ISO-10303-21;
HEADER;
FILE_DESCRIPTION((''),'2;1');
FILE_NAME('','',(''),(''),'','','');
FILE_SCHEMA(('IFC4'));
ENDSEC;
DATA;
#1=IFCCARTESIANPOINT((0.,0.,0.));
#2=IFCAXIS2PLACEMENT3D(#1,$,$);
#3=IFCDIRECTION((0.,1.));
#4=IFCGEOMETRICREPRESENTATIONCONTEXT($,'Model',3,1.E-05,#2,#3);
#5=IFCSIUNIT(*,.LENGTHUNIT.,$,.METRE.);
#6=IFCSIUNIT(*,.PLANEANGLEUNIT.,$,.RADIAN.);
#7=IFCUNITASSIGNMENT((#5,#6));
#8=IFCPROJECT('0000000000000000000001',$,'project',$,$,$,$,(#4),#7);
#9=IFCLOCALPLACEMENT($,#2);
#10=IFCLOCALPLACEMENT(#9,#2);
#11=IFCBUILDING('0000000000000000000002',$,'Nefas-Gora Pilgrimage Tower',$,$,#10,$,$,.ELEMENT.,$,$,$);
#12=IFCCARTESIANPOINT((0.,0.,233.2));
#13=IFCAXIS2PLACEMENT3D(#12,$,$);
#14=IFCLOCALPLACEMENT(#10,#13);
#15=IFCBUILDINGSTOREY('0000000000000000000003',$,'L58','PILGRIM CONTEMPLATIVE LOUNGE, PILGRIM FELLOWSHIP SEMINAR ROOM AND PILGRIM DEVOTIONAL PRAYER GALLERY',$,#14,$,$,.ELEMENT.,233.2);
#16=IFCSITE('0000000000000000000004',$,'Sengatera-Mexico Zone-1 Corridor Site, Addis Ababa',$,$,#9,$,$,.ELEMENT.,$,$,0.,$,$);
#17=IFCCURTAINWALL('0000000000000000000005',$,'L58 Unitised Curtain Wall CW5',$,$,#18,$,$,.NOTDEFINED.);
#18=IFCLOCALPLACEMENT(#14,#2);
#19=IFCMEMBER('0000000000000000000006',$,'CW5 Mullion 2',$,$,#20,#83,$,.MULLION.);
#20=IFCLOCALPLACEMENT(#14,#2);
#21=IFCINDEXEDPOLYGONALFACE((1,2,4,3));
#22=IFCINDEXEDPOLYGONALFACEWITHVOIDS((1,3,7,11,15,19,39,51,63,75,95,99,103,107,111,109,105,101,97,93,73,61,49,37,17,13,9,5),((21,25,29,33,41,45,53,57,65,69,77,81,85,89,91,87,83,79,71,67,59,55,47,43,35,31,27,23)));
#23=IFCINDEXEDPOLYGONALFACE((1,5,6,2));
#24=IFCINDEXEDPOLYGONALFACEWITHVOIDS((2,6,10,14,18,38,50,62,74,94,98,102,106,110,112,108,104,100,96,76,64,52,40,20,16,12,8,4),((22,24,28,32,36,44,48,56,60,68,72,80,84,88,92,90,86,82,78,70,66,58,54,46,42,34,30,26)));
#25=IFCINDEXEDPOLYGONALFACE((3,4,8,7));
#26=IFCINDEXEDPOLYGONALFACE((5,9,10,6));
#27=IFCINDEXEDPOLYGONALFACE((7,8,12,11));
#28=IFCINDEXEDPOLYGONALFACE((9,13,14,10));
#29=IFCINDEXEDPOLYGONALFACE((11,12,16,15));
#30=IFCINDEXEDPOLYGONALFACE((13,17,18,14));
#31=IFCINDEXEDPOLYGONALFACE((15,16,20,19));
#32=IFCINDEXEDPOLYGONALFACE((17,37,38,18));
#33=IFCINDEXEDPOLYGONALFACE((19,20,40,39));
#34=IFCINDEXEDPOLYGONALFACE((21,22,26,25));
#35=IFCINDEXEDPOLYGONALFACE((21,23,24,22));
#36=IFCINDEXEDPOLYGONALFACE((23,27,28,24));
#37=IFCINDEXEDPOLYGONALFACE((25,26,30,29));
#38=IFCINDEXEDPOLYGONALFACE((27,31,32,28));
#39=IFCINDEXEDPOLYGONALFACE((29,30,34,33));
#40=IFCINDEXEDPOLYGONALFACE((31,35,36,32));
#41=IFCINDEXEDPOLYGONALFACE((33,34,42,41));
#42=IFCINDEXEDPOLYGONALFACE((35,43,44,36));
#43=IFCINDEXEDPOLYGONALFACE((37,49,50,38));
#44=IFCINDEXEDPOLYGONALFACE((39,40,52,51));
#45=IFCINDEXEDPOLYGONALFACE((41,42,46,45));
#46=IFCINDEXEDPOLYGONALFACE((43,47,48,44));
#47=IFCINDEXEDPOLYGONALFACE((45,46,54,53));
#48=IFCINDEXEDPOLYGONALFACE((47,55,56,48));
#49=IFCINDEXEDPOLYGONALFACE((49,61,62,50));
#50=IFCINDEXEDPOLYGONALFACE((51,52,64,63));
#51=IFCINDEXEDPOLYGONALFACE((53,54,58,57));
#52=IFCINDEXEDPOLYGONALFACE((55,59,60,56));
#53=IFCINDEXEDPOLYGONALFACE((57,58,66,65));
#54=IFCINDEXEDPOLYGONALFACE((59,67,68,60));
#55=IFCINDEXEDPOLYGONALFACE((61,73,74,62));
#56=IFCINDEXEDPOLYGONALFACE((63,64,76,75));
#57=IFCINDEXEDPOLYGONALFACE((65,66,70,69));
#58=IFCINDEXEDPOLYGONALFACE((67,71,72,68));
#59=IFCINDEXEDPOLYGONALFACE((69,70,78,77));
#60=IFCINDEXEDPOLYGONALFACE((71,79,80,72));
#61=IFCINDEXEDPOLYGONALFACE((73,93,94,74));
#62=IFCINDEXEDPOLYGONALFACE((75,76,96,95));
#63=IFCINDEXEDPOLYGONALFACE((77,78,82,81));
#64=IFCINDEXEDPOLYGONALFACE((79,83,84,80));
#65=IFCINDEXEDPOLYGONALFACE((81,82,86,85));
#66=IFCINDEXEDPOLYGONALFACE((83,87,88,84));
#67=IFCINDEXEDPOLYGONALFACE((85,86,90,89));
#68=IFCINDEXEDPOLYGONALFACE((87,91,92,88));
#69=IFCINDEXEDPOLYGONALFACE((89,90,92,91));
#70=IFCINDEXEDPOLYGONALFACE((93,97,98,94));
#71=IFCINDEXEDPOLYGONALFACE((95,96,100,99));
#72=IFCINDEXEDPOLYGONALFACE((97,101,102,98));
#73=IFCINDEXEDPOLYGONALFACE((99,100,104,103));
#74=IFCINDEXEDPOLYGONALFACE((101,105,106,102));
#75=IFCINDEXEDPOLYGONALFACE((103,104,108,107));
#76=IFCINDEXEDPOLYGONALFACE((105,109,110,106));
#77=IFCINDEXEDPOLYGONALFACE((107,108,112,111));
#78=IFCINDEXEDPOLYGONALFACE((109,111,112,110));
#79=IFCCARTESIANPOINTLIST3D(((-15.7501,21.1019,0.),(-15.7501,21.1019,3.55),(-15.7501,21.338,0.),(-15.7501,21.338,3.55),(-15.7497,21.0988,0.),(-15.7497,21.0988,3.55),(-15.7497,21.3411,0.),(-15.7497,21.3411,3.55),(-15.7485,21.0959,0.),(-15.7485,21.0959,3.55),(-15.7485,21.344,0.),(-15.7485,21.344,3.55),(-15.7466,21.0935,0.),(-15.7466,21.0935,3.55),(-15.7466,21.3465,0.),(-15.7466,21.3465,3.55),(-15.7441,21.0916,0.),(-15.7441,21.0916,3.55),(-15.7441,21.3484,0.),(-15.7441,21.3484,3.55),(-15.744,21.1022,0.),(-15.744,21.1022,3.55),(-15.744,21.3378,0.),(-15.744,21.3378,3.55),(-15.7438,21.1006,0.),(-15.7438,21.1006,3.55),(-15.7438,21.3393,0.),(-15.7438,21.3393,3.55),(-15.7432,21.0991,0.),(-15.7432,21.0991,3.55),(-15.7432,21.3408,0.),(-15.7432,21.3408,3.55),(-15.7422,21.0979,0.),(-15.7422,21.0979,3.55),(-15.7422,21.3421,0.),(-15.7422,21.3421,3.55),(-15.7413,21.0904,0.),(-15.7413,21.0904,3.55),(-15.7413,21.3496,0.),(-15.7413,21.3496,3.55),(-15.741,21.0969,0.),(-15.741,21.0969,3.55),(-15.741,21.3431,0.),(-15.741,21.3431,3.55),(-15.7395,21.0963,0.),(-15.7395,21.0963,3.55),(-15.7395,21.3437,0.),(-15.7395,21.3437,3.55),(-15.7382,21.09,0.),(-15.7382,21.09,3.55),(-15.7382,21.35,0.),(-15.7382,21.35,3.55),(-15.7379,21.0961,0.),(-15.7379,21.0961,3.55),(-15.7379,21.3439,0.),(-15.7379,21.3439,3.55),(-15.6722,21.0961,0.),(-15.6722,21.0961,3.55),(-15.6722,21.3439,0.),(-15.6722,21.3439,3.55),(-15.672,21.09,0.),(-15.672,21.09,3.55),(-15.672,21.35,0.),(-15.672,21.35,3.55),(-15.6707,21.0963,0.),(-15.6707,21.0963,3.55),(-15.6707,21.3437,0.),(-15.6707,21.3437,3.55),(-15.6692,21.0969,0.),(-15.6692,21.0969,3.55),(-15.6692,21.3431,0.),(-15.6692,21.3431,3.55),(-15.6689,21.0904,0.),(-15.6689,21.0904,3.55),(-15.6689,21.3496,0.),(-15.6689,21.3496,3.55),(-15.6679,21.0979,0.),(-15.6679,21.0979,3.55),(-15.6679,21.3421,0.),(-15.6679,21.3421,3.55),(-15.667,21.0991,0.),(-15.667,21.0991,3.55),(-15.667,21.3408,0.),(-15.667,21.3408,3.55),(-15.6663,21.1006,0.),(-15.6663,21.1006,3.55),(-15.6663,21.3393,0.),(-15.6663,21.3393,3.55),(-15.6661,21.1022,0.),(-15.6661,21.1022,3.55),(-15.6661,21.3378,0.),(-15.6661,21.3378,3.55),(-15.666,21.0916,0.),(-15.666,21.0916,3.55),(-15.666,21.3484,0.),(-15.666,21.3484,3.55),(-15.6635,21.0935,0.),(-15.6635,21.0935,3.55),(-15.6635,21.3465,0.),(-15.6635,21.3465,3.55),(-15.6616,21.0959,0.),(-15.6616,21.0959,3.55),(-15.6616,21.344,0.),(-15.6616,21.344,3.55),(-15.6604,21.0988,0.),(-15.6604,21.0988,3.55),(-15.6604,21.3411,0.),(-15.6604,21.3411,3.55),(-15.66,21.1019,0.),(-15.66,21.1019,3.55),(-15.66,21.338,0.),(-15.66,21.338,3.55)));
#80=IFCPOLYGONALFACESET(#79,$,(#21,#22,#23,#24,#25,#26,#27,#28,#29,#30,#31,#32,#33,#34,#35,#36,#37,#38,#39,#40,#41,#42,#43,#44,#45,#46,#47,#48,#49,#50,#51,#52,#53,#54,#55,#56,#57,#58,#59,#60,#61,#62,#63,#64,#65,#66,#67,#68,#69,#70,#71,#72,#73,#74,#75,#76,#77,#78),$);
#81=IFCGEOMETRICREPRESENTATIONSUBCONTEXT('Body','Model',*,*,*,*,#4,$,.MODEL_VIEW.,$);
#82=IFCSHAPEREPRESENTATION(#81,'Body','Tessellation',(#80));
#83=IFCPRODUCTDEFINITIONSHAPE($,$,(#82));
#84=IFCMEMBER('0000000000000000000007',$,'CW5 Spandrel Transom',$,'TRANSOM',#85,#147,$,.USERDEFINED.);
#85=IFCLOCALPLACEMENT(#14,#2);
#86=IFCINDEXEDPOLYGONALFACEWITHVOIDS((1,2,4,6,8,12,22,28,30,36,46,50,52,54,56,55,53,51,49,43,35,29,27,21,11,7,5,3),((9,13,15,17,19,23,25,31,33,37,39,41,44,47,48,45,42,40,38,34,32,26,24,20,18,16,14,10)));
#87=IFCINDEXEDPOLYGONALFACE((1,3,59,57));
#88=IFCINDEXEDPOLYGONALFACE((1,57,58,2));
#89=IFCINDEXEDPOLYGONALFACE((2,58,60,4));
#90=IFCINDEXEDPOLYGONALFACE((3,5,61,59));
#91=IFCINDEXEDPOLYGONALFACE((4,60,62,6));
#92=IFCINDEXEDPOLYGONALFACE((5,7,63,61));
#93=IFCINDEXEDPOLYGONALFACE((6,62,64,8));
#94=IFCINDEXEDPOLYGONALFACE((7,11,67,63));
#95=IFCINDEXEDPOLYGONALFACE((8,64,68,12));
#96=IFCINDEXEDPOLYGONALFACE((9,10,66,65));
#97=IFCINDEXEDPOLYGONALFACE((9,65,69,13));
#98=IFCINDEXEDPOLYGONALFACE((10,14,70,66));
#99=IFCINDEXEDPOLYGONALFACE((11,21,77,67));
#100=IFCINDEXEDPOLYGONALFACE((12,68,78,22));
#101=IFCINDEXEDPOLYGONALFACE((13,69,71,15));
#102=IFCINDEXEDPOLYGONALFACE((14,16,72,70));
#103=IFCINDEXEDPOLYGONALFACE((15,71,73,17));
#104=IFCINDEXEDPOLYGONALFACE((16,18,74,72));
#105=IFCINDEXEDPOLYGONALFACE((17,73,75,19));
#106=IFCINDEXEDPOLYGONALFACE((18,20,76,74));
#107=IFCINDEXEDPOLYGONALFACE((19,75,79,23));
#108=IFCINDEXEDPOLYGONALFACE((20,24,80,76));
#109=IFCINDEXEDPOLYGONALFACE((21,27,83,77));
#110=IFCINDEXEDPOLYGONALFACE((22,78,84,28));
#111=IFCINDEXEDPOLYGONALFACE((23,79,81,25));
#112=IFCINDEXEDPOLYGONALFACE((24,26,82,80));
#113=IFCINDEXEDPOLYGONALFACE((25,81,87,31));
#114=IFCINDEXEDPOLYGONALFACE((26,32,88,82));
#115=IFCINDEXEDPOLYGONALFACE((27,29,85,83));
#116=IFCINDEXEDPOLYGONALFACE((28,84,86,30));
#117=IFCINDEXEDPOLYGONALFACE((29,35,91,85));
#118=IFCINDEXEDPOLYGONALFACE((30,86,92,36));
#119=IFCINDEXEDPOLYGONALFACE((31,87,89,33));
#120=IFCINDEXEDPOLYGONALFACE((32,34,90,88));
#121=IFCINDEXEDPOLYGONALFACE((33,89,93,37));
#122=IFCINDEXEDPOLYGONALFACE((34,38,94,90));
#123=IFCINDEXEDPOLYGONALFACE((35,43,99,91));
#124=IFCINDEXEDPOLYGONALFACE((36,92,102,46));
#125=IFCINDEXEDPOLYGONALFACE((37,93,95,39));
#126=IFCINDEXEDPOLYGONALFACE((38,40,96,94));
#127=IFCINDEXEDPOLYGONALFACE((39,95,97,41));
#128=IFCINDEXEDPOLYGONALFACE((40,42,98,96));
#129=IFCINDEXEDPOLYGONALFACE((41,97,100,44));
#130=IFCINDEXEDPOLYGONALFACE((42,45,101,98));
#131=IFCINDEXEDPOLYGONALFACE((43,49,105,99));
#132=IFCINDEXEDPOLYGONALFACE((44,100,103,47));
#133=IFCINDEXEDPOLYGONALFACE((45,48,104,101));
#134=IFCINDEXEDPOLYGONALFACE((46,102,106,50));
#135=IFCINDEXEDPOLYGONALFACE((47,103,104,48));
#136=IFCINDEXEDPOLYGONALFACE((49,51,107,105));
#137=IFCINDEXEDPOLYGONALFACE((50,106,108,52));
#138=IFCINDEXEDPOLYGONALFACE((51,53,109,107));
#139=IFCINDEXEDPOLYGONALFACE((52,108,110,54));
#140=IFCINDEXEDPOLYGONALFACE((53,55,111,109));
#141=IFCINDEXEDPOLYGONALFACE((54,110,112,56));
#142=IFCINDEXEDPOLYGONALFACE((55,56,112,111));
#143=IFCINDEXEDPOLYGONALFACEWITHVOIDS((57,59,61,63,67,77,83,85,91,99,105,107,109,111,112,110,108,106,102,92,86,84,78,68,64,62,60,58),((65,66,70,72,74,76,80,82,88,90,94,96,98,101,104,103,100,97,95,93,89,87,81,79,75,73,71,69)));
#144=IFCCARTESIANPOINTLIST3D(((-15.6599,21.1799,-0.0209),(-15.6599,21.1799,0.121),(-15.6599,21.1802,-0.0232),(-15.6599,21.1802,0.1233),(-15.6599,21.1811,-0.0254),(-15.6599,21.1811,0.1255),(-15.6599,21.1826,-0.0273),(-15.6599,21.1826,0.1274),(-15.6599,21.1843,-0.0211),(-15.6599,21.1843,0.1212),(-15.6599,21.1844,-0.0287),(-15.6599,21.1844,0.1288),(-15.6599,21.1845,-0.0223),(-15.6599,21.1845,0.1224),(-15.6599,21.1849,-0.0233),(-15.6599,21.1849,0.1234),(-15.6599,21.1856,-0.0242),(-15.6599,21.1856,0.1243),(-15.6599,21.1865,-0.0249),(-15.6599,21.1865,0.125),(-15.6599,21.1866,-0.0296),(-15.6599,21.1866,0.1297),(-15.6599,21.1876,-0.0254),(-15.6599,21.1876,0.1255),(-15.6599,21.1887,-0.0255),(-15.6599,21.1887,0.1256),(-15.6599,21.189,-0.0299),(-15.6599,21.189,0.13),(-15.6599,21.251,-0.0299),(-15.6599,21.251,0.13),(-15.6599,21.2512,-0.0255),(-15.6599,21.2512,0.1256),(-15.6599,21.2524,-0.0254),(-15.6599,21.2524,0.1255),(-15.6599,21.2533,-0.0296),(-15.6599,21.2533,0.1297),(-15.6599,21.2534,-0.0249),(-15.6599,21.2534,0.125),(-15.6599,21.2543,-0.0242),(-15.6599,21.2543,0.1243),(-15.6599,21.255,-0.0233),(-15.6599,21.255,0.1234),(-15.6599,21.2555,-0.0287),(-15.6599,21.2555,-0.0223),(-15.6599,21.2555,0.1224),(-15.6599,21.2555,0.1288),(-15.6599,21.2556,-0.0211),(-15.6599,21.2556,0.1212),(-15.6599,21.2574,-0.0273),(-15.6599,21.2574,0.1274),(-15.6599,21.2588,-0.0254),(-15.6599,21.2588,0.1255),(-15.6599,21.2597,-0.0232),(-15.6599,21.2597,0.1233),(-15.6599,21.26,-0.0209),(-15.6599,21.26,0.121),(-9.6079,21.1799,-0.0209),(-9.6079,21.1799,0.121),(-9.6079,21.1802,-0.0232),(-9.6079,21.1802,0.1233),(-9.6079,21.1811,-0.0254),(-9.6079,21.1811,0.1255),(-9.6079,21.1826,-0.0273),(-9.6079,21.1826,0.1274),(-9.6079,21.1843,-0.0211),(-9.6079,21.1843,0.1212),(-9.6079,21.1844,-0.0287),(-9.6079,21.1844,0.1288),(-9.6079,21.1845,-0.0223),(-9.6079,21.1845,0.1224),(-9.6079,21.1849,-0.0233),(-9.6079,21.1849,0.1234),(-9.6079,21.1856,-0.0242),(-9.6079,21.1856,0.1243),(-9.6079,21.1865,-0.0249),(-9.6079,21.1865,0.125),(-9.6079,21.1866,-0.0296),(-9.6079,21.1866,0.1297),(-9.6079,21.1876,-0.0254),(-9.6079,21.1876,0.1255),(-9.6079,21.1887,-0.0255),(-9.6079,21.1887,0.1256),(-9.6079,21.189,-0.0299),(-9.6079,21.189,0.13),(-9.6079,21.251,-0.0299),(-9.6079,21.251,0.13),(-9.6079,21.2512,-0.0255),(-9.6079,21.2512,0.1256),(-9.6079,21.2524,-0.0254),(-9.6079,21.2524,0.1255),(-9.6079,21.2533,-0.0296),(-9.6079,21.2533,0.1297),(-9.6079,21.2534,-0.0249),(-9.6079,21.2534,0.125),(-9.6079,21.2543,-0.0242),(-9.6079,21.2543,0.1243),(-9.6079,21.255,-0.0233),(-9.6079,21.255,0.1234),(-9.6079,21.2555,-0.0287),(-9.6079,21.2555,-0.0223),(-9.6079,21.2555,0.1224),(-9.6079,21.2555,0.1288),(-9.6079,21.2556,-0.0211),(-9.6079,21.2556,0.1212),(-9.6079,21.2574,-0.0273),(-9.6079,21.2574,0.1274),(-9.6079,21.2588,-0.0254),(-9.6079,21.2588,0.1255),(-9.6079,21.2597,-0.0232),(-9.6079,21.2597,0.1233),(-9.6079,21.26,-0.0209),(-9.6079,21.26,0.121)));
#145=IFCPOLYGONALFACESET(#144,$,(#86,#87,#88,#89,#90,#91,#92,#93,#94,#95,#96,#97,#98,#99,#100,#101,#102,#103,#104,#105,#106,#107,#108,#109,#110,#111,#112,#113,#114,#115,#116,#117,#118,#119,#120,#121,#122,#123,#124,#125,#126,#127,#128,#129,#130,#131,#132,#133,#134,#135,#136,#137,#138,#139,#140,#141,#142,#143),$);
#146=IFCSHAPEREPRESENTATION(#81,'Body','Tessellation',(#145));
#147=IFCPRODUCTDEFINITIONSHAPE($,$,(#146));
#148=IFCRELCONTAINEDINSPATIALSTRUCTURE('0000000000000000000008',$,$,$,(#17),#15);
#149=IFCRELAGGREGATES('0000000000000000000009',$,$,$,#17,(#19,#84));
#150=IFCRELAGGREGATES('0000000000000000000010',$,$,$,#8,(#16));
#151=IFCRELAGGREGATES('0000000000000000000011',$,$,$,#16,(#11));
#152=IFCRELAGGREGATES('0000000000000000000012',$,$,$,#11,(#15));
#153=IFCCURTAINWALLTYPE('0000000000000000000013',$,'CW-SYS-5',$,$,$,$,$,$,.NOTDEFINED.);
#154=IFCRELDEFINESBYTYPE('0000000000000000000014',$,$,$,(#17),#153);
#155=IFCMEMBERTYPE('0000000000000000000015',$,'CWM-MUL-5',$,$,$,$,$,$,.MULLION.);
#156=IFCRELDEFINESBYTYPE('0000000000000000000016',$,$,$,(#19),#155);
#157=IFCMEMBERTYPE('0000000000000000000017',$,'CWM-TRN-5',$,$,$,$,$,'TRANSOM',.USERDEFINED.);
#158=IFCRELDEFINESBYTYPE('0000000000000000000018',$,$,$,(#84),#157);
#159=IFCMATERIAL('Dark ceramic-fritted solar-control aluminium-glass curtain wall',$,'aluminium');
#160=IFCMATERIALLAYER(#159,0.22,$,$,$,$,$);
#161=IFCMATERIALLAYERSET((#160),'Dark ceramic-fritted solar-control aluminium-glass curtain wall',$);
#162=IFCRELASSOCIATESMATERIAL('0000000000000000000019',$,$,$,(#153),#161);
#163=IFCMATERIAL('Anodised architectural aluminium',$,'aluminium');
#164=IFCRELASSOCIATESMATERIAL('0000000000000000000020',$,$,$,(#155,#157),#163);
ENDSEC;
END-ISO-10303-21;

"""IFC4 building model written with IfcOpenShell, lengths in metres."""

from ifc_helpers import new_model, si_unit, direction, frame, origin, origin_2d, place, context, subcontext, project, spatial, hollow_rectangle, extrude, source, transform, mapped, material, layer, layer_set, material_profile, profile_set, type_object, element, aggregate, save


model = new_model("IFC4")

# Units and contexts
model_context = context("Model", 3, precision=1e-05, world=origin(), true_north=direction((0.0, 1.0)))
body_context = subcontext(model_context, "Body", "Model", "MODEL_VIEW")
ifc_project = project(units=[si_unit("LENGTHUNIT", "METRE"), si_unit("PLANEANGLEUNIT", "RADIAN")], contexts=[model_context])

# Site, building, storey
site_placement = place(None, origin())
site = spatial("IfcSite", under=ifc_project, at=site_placement, Name="Sengatera-Mexico Zone-1 Corridor Site, Addis Ababa", CompositionType="ELEMENT", RefElevation=0.0)
building_placement = place(site_placement, origin())
building = spatial("IfcBuilding", under=site, at=building_placement, Name="Nefas-Gora Pilgrimage Tower", CompositionType="ELEMENT")
storey_placement = place(building_placement, frame((0.0, 0.0, 233.2)))
storey = spatial("IfcBuildingStorey", under=building, at=storey_placement, Name="L58", Description="PILGRIM CONTEMPLATIVE LOUNGE, PILGRIM FELLOWSHIP SEMINAR ROOM AND PILGRIM DEVOTIONAL PRAYER GALLERY", CompositionType="ELEMENT", Elevation=233.2)

# Curtain wall, members
ifc_material_1 = material(Name="Dark ceramic-fritted solar-control aluminium-glass curtain wall", Category="aluminium")
ifc_layer_1 = layer(ifc_material_1, 0.22)
ifc_layer_set_1 = layer_set([ifc_layer_1], Name="Dark ceramic-fritted solar-control aluminium-glass curtain wall")
curtain_wall_type_1 = type_object("IfcCurtainWallType", Name="CW-SYS-5", PredefinedType="NOTDEFINED", material=ifc_layer_set_1)
curtain_wall_1_placement = place(storey_placement, origin())
curtain_wall_1 = element("IfcCurtainWall", 1, at=curtain_wall_1_placement, inside=storey, type_object=curtain_wall_type_1, Name="L58 Unitised Curtain Wall CW5", PredefinedType="NOTDEFINED")
ifc_material_2 = material(Name="Anodised architectural aluminium", Category="aluminium")
ifc_material_profile_1 = material_profile(ifc_material_2, hollow_rectangle(XDim=0.0901, YDim=0.26, WallThickness=0.0061, InnerFilletRadius=0.0061, OuterFilletRadius=0.012, at=origin_2d()), Name="ALU MULLION 90x260")
ifc_profile_set_1 = profile_set([ifc_material_profile_1], Name="Anodised architectural aluminium")
member_type_1 = type_object("IfcMemberType", Name="CWM-MUL-5", PredefinedType="MULLION", material=ifc_profile_set_1)
shared_shape_1 = source(origin(), body_context, "Body", "SweptSolid", [
    extrude(hollow_rectangle(XDim=0.0901, YDim=0.26, WallThickness=0.0061, InnerFilletRadius=0.0061, OuterFilletRadius=0.012, at=origin_2d()), origin(), (0.0, 0.0, 1.0), 3.55),
])
member_1_placement = place(storey_placement, frame((-15.7051, 21.22, 0.0), z_axis=(0.0, 0.0, 1.0), x_axis=(-1.0, 0.0, 0.0)))
member_1 = element("IfcMember", 2, at=member_1_placement, type_object=member_type_1, Name="CW5 Mullion 2", PredefinedType="MULLION", context=body_context, shape_type="MappedRepresentation", body=[
    mapped(shared_shape_1, transform((0.0, 0.0, 0.0), x_axis=(1.0, 0.0, 0.0), y_axis=(0.0, 1.0, 0.0), z_axis=(0.0, 0.0, 1.0), scale=1.0)),
])
ifc_material_profile_2 = material_profile(ifc_material_2, hollow_rectangle(XDim=0.0801, YDim=0.1599, WallThickness=0.0044, InnerFilletRadius=0.0044, OuterFilletRadius=0.009, at=origin_2d()), Name="ALU TRANSOM 80x160")
ifc_profile_set_2 = profile_set([ifc_material_profile_2], Name="Anodised architectural aluminium")
member_type_2 = type_object("IfcMemberType", Name="CWM-TRN-5", ElementType="TRANSOM", PredefinedType="USERDEFINED", material=ifc_profile_set_2)
shared_shape_2 = source(origin(), body_context, "Body", "SweptSolid", [
    extrude(hollow_rectangle(XDim=0.0801, YDim=0.1599, WallThickness=0.0044, InnerFilletRadius=0.0044, OuterFilletRadius=0.009, at=origin_2d()), origin(), (0.0, 0.0, 1.0), 6.052),
])
member_2_placement = place(storey_placement, frame((-9.6079, 21.22, 0.05), z_axis=(-1.0, 0.0, 0.0), x_axis=(0.0, -1.0, 0.0)))
member_2 = element("IfcMember", 3, at=member_2_placement, type_object=member_type_2, Name="CW5 Spandrel Transom", ObjectType="TRANSOM", PredefinedType="USERDEFINED", context=body_context, shape_type="MappedRepresentation", body=[
    mapped(shared_shape_2, transform((0.0, 0.0, 0.0), x_axis=(1.0, 0.0, 0.0), y_axis=(0.0, 1.0, 0.0), z_axis=(0.0, 0.0, 1.0), scale=1.0)),
])

aggregate(curtain_wall_1, [member_1, member_2])

save(model, "model.ifc")
